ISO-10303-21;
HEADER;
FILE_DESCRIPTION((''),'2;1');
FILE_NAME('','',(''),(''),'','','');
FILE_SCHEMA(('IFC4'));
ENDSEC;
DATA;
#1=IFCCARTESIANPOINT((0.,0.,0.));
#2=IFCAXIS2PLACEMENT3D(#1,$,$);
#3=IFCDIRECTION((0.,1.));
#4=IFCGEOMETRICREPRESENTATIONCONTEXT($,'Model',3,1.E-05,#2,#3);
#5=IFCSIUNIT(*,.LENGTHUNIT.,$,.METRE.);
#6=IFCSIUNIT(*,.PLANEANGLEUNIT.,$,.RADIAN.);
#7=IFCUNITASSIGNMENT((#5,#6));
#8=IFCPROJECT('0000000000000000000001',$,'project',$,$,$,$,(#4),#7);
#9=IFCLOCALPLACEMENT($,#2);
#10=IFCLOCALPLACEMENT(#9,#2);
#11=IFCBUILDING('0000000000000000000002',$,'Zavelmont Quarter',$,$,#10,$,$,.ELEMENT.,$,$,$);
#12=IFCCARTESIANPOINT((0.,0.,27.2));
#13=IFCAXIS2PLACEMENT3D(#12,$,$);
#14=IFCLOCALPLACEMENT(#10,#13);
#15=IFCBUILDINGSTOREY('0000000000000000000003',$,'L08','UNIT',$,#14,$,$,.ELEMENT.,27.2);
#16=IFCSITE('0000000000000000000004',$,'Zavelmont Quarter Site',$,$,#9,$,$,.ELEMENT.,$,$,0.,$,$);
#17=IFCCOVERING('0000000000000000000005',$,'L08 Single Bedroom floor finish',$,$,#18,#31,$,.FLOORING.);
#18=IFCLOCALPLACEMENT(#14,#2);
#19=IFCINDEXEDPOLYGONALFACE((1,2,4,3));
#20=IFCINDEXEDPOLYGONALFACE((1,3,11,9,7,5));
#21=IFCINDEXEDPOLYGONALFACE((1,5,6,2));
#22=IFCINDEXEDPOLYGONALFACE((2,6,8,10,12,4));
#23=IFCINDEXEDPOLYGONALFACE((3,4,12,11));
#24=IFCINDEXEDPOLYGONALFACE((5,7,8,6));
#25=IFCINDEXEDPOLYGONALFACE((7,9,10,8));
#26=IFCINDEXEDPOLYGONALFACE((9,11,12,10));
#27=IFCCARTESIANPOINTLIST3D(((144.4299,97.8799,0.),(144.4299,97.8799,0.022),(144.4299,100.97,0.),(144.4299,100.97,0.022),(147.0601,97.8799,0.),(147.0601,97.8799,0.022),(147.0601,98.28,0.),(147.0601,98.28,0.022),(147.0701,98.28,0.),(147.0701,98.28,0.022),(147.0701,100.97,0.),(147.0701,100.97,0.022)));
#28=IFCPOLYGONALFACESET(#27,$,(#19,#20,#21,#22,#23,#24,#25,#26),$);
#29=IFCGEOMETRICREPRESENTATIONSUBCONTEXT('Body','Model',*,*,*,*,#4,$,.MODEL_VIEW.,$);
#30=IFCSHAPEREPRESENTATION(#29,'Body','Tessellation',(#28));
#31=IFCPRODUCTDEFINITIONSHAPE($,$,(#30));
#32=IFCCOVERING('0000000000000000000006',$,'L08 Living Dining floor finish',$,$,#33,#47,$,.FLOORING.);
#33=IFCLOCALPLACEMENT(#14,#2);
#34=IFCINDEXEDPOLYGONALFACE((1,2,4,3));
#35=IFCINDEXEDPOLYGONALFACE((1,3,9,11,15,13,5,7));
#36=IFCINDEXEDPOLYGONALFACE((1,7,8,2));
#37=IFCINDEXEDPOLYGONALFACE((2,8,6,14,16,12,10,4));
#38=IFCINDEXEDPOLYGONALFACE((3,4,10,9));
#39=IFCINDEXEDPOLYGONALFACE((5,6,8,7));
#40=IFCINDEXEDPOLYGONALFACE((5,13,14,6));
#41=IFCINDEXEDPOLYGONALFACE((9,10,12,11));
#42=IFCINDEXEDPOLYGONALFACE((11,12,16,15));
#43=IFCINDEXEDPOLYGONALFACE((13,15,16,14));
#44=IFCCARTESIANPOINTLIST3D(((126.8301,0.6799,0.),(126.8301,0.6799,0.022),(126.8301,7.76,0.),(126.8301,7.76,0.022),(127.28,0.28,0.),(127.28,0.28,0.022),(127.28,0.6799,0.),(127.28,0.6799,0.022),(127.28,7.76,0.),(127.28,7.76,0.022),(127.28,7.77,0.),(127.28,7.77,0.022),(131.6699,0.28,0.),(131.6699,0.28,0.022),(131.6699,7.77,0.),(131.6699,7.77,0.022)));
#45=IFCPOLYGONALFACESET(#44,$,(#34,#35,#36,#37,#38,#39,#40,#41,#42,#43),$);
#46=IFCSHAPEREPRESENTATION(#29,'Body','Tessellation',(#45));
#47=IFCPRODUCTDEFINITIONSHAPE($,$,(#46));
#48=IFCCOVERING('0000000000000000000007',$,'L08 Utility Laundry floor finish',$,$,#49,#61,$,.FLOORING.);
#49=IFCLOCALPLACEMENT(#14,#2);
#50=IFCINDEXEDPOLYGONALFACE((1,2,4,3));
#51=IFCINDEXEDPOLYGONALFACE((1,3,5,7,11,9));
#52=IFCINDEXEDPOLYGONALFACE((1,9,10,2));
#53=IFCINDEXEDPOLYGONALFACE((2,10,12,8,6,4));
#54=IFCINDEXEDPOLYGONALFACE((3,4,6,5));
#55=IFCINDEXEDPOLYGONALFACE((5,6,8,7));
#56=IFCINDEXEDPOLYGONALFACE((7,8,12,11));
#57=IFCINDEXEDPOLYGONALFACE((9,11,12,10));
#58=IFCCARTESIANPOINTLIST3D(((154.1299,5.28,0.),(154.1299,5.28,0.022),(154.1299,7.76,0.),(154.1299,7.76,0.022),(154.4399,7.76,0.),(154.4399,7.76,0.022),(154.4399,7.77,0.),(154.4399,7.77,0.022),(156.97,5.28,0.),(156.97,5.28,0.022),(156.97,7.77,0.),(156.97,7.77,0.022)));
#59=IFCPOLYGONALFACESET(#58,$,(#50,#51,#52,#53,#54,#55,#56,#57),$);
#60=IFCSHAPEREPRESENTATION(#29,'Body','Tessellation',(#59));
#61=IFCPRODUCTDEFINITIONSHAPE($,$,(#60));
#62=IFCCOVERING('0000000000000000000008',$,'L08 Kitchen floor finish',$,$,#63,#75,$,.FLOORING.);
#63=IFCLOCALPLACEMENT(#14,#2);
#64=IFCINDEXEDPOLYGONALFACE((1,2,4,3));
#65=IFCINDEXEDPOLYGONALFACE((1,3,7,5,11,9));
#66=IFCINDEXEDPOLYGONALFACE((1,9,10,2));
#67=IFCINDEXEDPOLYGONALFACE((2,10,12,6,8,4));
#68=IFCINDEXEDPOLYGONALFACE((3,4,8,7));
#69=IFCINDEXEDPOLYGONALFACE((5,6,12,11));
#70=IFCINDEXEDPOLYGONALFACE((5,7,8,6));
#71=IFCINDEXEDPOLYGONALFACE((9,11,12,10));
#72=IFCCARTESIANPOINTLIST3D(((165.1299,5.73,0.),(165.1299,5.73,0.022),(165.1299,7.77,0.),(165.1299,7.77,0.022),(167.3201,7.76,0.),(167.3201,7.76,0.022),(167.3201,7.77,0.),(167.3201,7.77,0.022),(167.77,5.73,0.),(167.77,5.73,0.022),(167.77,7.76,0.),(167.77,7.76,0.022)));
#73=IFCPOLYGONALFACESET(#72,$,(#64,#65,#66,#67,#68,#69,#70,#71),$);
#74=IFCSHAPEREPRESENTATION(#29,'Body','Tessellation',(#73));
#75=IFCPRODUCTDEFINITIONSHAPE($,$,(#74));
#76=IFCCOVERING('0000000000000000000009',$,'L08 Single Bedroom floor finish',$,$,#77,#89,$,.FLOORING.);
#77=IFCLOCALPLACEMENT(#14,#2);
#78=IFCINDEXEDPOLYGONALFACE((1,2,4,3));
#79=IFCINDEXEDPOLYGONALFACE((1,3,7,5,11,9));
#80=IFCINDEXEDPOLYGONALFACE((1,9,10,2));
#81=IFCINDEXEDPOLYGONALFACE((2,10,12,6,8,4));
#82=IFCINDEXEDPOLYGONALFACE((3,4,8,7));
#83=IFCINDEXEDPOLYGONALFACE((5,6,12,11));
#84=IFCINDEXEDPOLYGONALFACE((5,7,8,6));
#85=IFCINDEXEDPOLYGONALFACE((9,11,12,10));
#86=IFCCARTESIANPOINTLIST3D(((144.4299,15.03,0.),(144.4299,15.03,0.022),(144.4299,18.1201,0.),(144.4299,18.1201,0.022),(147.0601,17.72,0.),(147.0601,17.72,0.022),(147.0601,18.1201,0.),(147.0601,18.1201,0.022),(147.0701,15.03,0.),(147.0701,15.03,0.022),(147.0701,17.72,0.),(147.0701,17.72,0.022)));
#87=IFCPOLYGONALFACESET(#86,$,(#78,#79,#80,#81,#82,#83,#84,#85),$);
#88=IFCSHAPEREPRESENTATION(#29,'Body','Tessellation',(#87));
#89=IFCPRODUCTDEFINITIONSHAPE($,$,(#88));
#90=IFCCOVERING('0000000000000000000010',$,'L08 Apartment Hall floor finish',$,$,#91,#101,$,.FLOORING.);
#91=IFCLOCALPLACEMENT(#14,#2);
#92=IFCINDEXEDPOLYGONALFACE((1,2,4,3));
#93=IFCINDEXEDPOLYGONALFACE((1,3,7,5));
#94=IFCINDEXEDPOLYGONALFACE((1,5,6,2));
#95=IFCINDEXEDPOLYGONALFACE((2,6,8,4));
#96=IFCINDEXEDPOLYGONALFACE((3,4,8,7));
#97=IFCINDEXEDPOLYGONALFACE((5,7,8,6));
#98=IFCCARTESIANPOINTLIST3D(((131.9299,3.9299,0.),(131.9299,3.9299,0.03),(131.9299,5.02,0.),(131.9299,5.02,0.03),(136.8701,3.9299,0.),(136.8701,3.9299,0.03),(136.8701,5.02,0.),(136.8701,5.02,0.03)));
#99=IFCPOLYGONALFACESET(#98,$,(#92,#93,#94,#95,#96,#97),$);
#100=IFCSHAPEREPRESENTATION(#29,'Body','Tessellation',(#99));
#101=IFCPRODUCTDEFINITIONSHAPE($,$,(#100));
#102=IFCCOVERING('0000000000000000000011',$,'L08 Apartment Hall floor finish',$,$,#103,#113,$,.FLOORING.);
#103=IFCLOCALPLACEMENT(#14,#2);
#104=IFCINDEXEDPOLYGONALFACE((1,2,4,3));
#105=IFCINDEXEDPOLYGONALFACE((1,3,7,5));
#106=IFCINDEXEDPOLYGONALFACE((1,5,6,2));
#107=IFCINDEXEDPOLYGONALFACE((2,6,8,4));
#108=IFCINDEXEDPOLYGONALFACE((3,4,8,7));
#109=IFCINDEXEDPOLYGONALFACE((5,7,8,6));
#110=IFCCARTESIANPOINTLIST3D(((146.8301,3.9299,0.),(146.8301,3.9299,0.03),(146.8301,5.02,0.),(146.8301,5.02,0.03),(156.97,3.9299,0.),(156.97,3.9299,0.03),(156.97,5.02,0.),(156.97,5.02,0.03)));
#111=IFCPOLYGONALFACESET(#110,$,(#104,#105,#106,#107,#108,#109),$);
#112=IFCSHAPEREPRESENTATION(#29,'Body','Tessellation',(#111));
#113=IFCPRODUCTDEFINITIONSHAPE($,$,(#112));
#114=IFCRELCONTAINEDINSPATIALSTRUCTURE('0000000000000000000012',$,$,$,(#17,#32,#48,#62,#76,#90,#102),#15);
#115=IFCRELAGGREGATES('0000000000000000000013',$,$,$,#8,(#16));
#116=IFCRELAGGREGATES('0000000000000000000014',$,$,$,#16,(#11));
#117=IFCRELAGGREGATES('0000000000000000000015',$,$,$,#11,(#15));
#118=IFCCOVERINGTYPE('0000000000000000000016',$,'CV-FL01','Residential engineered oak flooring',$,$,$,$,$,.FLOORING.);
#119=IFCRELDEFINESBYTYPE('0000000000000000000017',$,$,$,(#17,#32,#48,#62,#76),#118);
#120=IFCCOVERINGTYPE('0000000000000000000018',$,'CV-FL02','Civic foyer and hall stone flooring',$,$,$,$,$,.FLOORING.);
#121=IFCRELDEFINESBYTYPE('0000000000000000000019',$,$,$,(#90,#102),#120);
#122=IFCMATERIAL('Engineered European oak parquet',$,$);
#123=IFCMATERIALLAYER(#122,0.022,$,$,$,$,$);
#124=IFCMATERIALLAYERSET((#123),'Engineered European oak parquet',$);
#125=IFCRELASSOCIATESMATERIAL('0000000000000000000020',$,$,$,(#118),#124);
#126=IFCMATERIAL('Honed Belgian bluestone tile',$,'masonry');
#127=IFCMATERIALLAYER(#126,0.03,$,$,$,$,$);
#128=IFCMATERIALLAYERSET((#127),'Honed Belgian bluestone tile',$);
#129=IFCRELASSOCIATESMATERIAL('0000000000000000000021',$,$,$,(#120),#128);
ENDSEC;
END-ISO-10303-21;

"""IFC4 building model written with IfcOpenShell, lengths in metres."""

from ifc_helpers import new_model, si_unit, direction, frame, origin, place, context, subcontext, project, spatial, polyline, outline, extrude, material, layer, layer_set, type_object, element, save


model = new_model("IFC4")

# Units and contexts
model_context = context("Model", 3, precision=1e-05, world=origin(), true_north=direction((0.0, 1.0)))
body_context = subcontext(model_context, "Body", "Model", "MODEL_VIEW")
ifc_project = project(units=[si_unit("LENGTHUNIT", "METRE"), si_unit("PLANEANGLEUNIT", "RADIAN")], contexts=[model_context])

# Site, building, storey
site_placement = place(None, origin())
site = spatial("IfcSite", under=ifc_project, at=site_placement, Name="Zavelmont Quarter Site", CompositionType="ELEMENT", RefElevation=0.0)
building_placement = place(site_placement, origin())
building = spatial("IfcBuilding", under=site, at=building_placement, Name="Zavelmont Quarter", CompositionType="ELEMENT")
storey_placement = place(building_placement, frame((0.0, 0.0, 27.2)))
storey = spatial("IfcBuildingStorey", under=building, at=storey_placement, Name="L08", Description="UNIT", CompositionType="ELEMENT", Elevation=27.2)

# Coverings
ifc_material_1 = material(Name="Engineered European oak parquet")
ifc_layer_1 = layer(ifc_material_1, 0.022)
ifc_layer_set_1 = layer_set([ifc_layer_1], Name="Engineered European oak parquet")
covering_type_1 = type_object("IfcCoveringType", Name="CV-FL01", Description="Residential engineered oak flooring", PredefinedType="FLOORING", material=ifc_layer_set_1)
covering_1_placement = place(storey_placement, origin())
element("IfcCovering", 1, at=covering_1_placement, inside=storey, type_object=covering_type_1, Name="L08 Single Bedroom floor finish", PredefinedType="FLOORING", context=body_context, shape_type="SweptSolid", body=[
    extrude(outline(polyline([(144.4299, 100.97), (147.0701, 100.97), (147.0701, 98.28), (147.0601, 98.28), (147.0601, 97.8799), (144.4299, 97.8799), (144.4299, 100.97)])), origin(), (0.0, 0.0, 1.0), 0.022),
])
covering_2_placement = place(storey_placement, origin())
element("IfcCovering", 2, at=covering_2_placement, inside=storey, type_object=covering_type_1, Name="L08 Living Dining floor finish", PredefinedType="FLOORING", context=body_context, shape_type="SweptSolid", body=[
    extrude(outline(polyline([(126.8301, 7.76), (127.28, 7.76), (127.28, 7.77), (131.6699, 7.77), (131.6699, 0.28), (127.28, 0.28), (127.28, 0.6799), (126.8301, 0.6799), (126.8301, 7.76)])), origin(), (0.0, 0.0, 1.0), 0.022),
])
covering_3_placement = place(storey_placement, origin())
element("IfcCovering", 3, at=covering_3_placement, inside=storey, type_object=covering_type_1, Name="L08 Utility Laundry floor finish", PredefinedType="FLOORING", context=body_context, shape_type="SweptSolid", body=[
    extrude(outline(polyline([(154.1299, 7.76), (154.4399, 7.76), (154.4399, 7.77), (156.97, 7.77), (156.97, 5.28), (154.1299, 5.28), (154.1299, 7.76)])), origin(), (0.0, 0.0, 1.0), 0.022),
])
covering_4_placement = place(storey_placement, origin())
element("IfcCovering", 4, at=covering_4_placement, inside=storey, type_object=covering_type_1, Name="L08 Kitchen floor finish", PredefinedType="FLOORING", context=body_context, shape_type="SweptSolid", body=[
    extrude(outline(polyline([(165.1299, 7.77), (167.3201, 7.77), (167.3201, 7.76), (167.77, 7.76), (167.77, 5.73), (165.1299, 5.73), (165.1299, 7.77)])), origin(), (0.0, 0.0, 1.0), 0.022),
])
covering_5_placement = place(storey_placement, origin())
element("IfcCovering", 5, at=covering_5_placement, inside=storey, type_object=covering_type_1, Name="L08 Single Bedroom floor finish", PredefinedType="FLOORING", context=body_context, shape_type="SweptSolid", body=[
    extrude(outline(polyline([(144.4299, 18.1201), (147.0601, 18.1201), (147.0601, 17.72), (147.0701, 17.72), (147.0701, 15.03), (144.4299, 15.03), (144.4299, 18.1201)])), origin(), (0.0, 0.0, 1.0), 0.022),
])
ifc_material_2 = material(Name="Honed Belgian bluestone tile", Category="masonry")
ifc_layer_2 = layer(ifc_material_2, 0.03)
ifc_layer_set_2 = layer_set([ifc_layer_2], Name="Honed Belgian bluestone tile")
covering_type_2 = type_object("IfcCoveringType", Name="CV-FL02", Description="Civic foyer and hall stone flooring", PredefinedType="FLOORING", material=ifc_layer_set_2)
covering_6_placement = place(storey_placement, origin())
element("IfcCovering", 6, at=covering_6_placement, inside=storey, type_object=covering_type_2, Name="L08 Apartment Hall floor finish", PredefinedType="FLOORING", context=body_context, shape_type="SweptSolid", body=[
    extrude(outline(polyline([(131.9299, 5.02), (136.8701, 5.02), (136.8701, 3.9299), (131.9299, 3.9299), (131.9299, 5.02)])), origin(), (0.0, 0.0, 1.0), 0.03),
])
covering_7_placement = place(storey_placement, origin())
element("IfcCovering", 7, at=covering_7_placement, inside=storey, type_object=covering_type_2, Name="L08 Apartment Hall floor finish", PredefinedType="FLOORING", context=body_context, shape_type="SweptSolid", body=[
    extrude(outline(polyline([(146.8301, 5.02), (156.97, 5.02), (156.97, 3.9299), (146.8301, 3.9299), (146.8301, 5.02)])), origin(), (0.0, 0.0, 1.0), 0.03),
])

save(model, "model.ifc")
